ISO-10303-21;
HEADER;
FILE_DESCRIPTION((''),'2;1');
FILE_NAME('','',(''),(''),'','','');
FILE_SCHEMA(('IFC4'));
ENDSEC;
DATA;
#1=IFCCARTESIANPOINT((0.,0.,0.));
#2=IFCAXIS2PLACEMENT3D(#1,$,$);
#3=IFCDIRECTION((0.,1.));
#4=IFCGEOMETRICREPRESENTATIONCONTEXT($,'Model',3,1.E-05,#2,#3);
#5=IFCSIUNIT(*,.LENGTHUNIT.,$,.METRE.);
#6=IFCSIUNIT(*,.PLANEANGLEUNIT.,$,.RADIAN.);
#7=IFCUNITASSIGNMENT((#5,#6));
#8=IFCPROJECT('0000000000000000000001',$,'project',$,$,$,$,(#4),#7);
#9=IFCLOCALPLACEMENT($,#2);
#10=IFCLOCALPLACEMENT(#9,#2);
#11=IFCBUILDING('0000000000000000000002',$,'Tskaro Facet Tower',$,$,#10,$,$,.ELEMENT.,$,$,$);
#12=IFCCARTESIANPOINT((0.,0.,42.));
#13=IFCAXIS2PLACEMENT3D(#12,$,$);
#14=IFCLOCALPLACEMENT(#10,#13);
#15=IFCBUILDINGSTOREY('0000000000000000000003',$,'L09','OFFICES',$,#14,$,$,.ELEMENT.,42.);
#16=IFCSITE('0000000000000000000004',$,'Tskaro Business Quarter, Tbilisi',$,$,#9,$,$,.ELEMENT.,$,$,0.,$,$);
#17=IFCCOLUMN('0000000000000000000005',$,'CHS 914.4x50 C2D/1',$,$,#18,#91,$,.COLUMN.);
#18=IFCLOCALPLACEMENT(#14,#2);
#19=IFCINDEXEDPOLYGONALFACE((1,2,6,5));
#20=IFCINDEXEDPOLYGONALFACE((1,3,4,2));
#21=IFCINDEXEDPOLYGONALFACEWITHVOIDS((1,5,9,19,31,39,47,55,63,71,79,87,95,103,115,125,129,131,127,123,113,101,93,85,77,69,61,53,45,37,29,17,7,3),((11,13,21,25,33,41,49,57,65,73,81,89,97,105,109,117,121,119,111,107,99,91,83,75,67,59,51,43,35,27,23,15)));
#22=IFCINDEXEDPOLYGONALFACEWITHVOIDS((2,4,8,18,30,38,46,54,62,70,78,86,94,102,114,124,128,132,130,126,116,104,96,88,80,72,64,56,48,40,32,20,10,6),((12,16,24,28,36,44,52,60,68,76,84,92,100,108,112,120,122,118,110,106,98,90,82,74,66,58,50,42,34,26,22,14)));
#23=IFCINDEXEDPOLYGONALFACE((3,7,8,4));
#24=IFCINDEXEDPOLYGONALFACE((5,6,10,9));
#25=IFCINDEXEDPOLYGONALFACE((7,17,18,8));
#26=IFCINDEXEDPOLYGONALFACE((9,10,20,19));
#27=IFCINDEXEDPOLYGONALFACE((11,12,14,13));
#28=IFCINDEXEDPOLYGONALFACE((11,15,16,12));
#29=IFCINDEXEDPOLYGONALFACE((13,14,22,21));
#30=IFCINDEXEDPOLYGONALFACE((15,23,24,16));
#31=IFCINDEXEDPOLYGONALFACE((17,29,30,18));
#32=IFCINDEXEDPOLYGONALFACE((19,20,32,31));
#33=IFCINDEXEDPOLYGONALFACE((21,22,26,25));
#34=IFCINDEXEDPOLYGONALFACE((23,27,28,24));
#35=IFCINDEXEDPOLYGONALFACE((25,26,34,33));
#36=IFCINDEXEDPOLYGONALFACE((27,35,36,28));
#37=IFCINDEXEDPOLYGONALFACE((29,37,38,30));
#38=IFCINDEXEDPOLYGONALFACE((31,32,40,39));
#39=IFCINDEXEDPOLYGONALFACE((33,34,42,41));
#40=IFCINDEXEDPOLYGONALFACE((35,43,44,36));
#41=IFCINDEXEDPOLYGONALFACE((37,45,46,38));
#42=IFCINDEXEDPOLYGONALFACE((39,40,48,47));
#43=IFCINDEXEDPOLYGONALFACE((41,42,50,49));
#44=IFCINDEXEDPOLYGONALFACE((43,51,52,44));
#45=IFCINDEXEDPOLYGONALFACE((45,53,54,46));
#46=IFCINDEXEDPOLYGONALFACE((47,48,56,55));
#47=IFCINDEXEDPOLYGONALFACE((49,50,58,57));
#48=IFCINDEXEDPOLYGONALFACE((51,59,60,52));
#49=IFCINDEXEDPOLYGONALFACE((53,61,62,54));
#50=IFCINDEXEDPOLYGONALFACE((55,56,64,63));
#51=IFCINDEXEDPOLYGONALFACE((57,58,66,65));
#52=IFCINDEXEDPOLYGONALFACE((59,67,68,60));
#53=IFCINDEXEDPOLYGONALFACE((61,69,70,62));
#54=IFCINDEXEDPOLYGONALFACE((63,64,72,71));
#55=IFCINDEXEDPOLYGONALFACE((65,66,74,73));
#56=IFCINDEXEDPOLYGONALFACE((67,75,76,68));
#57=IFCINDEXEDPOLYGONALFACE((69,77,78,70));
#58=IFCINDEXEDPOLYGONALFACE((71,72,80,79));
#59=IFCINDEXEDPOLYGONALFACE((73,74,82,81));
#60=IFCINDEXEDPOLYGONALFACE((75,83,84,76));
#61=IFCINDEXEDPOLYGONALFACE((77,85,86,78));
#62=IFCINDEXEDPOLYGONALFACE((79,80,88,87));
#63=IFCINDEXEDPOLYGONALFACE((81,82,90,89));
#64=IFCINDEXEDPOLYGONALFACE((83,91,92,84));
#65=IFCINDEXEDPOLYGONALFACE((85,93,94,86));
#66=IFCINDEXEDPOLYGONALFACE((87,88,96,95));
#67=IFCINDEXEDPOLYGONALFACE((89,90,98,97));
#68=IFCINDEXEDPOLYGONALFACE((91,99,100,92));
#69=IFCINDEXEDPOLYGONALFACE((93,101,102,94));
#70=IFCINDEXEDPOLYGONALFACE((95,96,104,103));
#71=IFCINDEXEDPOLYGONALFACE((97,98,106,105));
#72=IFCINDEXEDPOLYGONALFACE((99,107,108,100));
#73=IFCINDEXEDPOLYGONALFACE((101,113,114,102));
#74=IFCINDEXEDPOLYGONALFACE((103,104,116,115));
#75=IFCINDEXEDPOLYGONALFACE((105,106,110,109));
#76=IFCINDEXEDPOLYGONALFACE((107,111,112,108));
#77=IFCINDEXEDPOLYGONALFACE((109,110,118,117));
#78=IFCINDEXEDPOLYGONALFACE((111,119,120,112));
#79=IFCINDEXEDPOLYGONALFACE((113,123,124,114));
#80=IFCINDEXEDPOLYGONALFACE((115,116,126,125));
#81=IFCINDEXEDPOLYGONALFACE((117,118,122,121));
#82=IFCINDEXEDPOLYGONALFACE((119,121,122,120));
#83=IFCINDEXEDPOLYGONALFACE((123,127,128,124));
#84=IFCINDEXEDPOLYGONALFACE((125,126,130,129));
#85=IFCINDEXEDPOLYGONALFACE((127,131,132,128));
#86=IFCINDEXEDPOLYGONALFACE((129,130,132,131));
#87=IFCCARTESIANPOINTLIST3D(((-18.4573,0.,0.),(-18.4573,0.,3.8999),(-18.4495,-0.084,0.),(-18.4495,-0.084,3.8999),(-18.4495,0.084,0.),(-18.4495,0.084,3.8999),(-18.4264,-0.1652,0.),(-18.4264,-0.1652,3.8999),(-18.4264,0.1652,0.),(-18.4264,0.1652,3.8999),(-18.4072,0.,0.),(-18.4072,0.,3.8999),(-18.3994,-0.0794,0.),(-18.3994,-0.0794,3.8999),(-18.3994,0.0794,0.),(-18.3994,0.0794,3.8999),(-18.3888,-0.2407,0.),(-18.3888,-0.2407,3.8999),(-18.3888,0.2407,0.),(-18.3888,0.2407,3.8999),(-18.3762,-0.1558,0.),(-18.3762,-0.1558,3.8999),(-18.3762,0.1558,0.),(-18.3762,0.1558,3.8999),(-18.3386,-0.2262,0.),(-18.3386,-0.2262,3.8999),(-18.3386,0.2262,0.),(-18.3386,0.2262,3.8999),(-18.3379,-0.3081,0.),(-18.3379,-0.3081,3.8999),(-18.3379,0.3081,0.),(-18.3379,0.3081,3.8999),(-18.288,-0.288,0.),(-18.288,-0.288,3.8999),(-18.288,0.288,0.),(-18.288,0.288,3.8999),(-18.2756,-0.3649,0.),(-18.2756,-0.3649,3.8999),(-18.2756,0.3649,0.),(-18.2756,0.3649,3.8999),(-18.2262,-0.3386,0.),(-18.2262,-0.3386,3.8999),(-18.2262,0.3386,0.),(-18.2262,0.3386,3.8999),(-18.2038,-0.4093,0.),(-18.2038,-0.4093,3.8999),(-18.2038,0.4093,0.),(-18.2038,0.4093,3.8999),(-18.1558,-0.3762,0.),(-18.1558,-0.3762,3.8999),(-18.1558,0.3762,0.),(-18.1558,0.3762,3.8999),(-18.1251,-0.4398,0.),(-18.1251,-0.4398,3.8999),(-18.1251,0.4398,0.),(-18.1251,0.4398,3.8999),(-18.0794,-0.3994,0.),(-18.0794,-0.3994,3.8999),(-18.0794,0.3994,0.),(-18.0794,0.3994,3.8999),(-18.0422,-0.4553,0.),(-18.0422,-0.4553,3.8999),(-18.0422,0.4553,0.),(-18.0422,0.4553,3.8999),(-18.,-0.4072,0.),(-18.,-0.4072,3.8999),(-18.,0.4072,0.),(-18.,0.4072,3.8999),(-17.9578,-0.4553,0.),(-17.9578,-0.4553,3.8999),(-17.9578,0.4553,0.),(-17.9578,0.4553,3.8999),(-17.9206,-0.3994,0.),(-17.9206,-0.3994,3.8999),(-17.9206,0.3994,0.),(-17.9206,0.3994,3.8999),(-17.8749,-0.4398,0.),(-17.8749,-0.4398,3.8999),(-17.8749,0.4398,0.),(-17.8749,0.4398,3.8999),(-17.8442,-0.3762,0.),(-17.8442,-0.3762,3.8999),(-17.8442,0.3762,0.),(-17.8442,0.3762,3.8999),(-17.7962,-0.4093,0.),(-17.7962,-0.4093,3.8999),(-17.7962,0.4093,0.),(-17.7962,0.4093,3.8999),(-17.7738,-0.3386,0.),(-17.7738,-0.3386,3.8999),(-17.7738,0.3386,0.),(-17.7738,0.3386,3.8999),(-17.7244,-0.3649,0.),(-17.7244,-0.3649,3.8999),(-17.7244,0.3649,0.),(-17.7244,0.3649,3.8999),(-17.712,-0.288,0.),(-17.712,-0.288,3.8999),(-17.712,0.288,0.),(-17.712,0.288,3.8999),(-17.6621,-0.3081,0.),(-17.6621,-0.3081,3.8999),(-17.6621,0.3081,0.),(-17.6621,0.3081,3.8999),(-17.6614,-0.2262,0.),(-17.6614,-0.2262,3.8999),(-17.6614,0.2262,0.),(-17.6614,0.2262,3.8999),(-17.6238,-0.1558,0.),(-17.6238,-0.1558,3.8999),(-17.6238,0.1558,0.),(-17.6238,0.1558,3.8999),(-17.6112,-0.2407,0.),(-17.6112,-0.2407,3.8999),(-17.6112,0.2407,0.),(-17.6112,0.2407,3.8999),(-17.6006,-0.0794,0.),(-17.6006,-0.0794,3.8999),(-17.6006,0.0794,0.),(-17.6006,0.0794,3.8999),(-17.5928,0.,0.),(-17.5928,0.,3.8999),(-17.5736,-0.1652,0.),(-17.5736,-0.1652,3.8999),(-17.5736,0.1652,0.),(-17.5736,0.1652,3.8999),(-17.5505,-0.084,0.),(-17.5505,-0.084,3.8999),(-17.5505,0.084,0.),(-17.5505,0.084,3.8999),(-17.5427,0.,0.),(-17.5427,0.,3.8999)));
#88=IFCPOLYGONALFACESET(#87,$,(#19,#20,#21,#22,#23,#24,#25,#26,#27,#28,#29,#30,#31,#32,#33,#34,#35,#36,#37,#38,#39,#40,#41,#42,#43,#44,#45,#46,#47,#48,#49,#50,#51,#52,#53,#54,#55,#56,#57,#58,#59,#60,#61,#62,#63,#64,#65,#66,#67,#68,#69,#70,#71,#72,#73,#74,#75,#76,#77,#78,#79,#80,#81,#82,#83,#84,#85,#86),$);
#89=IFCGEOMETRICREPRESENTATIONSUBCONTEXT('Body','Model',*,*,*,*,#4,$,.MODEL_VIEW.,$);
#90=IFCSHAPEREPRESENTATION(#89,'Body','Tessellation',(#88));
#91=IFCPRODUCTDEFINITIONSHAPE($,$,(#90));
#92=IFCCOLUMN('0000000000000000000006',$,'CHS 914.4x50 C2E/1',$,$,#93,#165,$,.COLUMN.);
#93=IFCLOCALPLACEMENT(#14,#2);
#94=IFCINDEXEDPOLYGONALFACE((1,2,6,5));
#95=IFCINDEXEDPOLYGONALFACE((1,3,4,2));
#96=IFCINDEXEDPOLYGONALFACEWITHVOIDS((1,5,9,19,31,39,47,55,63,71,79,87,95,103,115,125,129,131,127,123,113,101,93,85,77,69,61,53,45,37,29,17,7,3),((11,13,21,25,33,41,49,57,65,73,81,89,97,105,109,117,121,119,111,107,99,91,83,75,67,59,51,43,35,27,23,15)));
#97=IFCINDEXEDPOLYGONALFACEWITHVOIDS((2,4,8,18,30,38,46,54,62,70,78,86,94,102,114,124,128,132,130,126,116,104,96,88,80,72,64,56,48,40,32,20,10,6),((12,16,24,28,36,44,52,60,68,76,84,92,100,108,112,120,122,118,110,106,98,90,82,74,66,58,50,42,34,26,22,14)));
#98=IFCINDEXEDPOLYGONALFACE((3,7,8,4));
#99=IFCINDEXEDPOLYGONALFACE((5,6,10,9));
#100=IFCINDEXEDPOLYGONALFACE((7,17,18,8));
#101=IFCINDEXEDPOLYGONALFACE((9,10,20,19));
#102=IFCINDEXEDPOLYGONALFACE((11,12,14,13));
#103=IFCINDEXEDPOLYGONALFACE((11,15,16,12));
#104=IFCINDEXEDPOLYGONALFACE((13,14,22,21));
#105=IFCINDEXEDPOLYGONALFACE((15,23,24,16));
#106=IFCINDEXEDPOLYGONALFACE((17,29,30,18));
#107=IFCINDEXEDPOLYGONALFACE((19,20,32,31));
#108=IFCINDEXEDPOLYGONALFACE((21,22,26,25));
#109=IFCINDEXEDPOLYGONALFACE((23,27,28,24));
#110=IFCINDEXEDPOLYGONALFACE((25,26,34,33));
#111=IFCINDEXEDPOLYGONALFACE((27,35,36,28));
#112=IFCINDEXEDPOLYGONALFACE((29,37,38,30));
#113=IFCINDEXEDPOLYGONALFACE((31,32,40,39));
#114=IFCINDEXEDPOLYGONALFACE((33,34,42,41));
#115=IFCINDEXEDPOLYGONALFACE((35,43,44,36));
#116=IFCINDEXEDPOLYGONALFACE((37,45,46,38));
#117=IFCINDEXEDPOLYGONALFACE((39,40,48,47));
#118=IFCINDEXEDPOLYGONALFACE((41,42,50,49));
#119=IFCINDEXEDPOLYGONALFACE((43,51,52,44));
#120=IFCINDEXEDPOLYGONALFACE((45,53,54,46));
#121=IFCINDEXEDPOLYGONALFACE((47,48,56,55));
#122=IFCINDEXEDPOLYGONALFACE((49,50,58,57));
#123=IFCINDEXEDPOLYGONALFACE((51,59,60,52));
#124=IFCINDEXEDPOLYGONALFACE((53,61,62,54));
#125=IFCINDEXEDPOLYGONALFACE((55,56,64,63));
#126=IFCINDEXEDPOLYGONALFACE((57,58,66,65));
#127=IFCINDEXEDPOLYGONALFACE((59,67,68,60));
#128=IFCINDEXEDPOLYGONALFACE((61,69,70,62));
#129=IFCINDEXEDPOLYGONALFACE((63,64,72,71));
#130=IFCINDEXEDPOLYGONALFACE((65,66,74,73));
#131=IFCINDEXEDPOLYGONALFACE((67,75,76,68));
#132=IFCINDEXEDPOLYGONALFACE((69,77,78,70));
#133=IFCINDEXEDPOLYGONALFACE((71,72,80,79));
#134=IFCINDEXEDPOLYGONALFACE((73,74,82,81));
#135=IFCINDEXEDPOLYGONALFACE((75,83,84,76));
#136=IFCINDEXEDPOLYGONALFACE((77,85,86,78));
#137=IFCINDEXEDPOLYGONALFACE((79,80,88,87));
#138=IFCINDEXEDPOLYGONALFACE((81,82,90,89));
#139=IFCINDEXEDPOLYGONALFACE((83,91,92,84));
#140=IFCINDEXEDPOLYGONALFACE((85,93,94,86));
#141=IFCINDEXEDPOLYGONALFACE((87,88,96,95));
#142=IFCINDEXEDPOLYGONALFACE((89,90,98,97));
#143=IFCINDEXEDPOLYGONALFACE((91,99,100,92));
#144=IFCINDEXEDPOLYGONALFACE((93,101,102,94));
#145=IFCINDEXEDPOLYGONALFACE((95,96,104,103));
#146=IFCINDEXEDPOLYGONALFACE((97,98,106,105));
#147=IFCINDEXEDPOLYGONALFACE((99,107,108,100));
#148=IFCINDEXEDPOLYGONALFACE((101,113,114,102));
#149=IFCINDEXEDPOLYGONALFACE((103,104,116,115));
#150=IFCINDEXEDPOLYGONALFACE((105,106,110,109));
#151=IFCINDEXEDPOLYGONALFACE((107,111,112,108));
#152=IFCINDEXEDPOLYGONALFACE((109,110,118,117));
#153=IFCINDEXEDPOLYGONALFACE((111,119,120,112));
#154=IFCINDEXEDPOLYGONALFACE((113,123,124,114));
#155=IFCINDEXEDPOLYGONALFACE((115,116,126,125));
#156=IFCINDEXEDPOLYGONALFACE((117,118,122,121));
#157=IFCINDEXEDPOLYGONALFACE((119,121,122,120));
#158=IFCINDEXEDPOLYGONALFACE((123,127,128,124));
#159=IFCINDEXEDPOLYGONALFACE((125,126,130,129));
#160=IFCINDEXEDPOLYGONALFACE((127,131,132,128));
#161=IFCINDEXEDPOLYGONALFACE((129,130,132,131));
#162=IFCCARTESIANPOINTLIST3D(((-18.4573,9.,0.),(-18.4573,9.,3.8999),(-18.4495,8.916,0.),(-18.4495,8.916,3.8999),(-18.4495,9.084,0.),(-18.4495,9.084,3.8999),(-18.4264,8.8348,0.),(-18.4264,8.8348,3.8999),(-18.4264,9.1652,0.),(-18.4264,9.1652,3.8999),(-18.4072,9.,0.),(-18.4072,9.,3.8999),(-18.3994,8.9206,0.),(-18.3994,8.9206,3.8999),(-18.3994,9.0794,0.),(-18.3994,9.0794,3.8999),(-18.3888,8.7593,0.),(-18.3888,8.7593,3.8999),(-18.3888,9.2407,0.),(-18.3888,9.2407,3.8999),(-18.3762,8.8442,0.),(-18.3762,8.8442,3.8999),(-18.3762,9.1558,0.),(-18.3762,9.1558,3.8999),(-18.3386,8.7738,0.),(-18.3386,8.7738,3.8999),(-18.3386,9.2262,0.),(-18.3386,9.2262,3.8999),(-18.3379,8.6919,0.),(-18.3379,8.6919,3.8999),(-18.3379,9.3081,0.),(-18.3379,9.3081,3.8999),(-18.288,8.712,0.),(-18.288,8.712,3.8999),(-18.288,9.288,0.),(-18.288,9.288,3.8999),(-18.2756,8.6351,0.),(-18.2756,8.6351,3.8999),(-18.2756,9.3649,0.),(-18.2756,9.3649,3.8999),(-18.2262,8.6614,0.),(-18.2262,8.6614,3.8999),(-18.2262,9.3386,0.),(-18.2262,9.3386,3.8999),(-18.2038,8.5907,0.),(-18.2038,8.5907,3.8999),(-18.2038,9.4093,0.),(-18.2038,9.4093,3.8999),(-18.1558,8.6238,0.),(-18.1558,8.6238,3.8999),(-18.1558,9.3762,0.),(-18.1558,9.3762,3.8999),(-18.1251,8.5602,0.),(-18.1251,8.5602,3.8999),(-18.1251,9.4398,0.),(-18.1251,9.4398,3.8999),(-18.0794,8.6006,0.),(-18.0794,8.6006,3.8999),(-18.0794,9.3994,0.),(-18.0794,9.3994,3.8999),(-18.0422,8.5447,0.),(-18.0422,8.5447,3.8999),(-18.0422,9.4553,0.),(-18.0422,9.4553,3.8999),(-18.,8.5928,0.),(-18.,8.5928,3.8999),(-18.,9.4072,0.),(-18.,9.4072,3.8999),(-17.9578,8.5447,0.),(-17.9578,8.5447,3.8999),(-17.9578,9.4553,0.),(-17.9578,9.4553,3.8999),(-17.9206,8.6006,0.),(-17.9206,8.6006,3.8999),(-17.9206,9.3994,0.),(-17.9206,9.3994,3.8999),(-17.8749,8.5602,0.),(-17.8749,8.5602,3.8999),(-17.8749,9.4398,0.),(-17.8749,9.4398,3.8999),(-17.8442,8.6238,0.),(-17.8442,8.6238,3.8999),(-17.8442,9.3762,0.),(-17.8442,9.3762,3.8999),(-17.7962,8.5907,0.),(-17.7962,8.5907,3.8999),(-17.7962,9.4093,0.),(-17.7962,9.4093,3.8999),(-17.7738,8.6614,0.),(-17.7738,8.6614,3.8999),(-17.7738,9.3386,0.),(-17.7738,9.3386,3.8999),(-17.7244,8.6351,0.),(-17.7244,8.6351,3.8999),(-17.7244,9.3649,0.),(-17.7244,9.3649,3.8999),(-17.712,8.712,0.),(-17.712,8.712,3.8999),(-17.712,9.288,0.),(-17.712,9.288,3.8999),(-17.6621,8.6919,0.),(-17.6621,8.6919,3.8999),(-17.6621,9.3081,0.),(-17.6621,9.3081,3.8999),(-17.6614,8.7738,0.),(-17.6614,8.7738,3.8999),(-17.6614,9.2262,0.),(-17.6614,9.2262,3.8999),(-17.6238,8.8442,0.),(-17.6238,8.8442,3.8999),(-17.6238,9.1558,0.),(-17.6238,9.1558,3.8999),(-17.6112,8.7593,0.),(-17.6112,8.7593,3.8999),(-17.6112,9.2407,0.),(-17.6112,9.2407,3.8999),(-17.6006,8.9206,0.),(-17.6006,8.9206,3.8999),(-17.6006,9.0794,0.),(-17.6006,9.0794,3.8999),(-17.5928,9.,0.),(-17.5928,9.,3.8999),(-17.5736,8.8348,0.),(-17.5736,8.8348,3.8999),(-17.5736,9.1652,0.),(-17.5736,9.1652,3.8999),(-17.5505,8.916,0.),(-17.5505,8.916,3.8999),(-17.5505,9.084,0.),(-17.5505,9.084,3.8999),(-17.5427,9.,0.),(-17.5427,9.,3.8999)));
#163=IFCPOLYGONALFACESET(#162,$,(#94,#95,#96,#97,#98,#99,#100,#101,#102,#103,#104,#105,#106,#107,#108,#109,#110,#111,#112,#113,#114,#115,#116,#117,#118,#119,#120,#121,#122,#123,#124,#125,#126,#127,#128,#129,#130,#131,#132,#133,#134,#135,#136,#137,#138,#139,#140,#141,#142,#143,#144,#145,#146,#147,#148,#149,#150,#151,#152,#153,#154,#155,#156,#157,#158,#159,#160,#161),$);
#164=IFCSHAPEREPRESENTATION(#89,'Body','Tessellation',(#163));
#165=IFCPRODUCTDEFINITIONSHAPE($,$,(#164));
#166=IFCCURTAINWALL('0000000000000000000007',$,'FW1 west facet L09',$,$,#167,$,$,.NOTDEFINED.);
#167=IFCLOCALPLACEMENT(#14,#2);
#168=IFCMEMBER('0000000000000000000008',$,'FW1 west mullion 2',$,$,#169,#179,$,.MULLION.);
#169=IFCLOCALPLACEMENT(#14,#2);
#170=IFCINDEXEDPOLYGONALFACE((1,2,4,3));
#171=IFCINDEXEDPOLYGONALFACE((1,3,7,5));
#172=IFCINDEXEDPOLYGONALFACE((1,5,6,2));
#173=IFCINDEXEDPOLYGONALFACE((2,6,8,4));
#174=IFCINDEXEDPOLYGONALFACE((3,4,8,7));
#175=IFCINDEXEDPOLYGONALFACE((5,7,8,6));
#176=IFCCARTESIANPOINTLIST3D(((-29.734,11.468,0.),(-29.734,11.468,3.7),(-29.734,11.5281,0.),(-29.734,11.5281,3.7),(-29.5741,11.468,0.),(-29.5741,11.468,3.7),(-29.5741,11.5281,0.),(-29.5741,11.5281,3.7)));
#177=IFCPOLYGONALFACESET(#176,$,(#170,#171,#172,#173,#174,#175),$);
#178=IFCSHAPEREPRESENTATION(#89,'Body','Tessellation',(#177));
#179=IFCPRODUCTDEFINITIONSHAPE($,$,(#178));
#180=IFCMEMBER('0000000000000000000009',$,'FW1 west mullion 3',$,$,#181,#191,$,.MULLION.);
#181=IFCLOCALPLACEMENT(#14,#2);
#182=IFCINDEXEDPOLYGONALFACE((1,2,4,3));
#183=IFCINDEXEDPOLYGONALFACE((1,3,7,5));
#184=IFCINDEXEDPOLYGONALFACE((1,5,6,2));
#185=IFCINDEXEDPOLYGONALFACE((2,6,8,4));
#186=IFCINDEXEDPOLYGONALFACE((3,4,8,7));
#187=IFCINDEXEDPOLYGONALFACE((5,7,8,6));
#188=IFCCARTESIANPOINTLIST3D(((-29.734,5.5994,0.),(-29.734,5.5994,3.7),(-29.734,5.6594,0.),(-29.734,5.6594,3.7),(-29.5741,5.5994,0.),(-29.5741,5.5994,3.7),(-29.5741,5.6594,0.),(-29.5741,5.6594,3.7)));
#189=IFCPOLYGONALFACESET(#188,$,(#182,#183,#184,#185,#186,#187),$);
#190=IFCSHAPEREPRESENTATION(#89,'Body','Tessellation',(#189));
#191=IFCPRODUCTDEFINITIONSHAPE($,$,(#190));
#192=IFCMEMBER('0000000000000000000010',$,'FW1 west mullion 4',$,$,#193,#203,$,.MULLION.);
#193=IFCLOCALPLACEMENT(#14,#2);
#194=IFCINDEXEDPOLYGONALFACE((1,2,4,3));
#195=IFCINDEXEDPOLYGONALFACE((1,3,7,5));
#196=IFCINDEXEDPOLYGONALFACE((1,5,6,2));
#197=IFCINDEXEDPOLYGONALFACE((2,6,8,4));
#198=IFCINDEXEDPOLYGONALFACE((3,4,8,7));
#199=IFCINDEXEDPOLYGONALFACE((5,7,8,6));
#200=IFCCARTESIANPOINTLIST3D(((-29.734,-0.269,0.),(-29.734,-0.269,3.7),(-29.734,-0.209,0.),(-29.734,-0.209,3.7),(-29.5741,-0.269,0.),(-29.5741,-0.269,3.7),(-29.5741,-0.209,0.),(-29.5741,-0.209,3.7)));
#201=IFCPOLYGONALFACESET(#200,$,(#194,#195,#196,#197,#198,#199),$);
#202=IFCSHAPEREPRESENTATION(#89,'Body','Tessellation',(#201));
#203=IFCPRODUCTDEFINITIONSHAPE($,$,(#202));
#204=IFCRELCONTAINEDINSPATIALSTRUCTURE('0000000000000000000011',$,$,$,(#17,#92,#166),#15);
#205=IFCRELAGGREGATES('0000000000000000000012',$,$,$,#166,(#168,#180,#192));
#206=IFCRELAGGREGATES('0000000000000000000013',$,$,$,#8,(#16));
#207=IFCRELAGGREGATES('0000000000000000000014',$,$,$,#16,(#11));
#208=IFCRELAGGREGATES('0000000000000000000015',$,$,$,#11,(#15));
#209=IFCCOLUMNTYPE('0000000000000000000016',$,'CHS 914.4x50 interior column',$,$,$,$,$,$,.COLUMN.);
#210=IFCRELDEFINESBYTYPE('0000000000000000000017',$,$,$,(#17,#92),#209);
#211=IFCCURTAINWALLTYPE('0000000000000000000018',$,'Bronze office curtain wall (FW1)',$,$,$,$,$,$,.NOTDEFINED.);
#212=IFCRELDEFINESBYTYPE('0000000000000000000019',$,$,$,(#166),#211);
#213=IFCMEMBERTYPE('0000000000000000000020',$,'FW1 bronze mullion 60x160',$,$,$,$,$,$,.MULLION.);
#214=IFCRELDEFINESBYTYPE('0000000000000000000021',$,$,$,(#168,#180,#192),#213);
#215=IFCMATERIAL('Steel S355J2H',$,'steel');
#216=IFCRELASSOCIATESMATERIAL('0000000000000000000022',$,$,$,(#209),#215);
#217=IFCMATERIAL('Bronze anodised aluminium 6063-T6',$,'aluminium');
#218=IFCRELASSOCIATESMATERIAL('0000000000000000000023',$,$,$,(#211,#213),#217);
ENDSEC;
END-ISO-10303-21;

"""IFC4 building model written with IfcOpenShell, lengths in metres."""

from ifc_helpers import new_model, si_unit, direction, frame, origin, origin_2d, place, context, subcontext, project, spatial, rectangle, hollow_circle, extrude, material, material_profile, profile_set, type_object, element, aggregate, save


model = new_model("IFC4")

# Units and contexts
model_context = context("Model", 3, precision=1e-05, world=origin(), true_north=direction((0.0, 1.0)))
body_context = subcontext(model_context, "Body", "Model", "MODEL_VIEW")
ifc_project = project(units=[si_unit("LENGTHUNIT", "METRE"), si_unit("PLANEANGLEUNIT", "RADIAN")], contexts=[model_context])

# Site, building, storey
site_placement = place(None, origin())
site = spatial("IfcSite", under=ifc_project, at=site_placement, Name="Tskaro Business Quarter, Tbilisi", CompositionType="ELEMENT", RefElevation=0.0)
building_placement = place(site_placement, origin())
building = spatial("IfcBuilding", under=site, at=building_placement, Name="Tskaro Facet Tower", CompositionType="ELEMENT")
storey_placement = place(building_placement, frame((0.0, 0.0, 42.0)))
storey = spatial("IfcBuildingStorey", under=building, at=storey_placement, Name="L09", Description="OFFICES", CompositionType="ELEMENT", Elevation=42.0)

# Columns
ifc_material_1 = material(Name="Steel S355J2H", Category="steel")
ifc_material_profile_1 = material_profile(ifc_material_1, hollow_circle(Radius=0.4573, WallThickness=0.05, at=origin_2d()), Name="CHS 914.4x50")
ifc_profile_set_1 = profile_set([ifc_material_profile_1], Name="Steel S355J2H")
column_type_1 = type_object("IfcColumnType", Name="CHS 914.4x50 interior column", PredefinedType="COLUMN", material=ifc_profile_set_1)
for number, where, z_axis, x_axis, name in (
    (1, (-18.0, 0.0, 0.0), (0.0, 0.0, 1.0), (1.0, 0.0, 0.0), "CHS 914.4x50 C2D/1"),
    (2, (-18.0, 9.0, 0.0), (0.0, 0.0, 1.0), (1.0, 0.0, 0.0), "CHS 914.4x50 C2E/1"),
):
    element("IfcColumn", number, at=place(storey_placement, frame(where, z_axis=z_axis, x_axis=x_axis)), inside=storey, type_object=column_type_1, Name=name, PredefinedType="COLUMN", context=body_context, shape_type="SweptSolid", body=[
        extrude(hollow_circle(Radius=0.4573, WallThickness=0.05, at=origin_2d()), origin(), (0.0, 0.0, 1.0), 3.8999),
    ])

# Curtain wall, members
ifc_material_2 = material(Name="Bronze anodised aluminium 6063-T6", Category="aluminium")
curtain_wall_type = type_object("IfcCurtainWallType", Name="Bronze office curtain wall (FW1)", PredefinedType="NOTDEFINED", material=ifc_material_2)
curtain_wall_placement = place(storey_placement, origin())
curtain_wall = element("IfcCurtainWall", 3, at=curtain_wall_placement, inside=storey, type_object=curtain_wall_type, Name="FW1 west facet L09", PredefinedType="NOTDEFINED")
ifc_material_profile_2 = material_profile(ifc_material_2, rectangle(XDim=0.0601, YDim=0.1599, at=origin_2d()), Name="Mullion 60x160")
ifc_profile_set_2 = profile_set([ifc_material_profile_2], Name="Bronze anodised aluminium 6063-T6")
member_type_1 = type_object("IfcMemberType", Name="FW1 bronze mullion 60x160", PredefinedType="MULLION", material=ifc_profile_set_2)
member_1_placement = place(storey_placement, frame((-29.6541, 11.498, 0.0), z_axis=(0.0, 0.0, 1.0), x_axis=(0.0, -1.0, 0.0)))
member_1 = element("IfcMember", 4, at=member_1_placement, type_object=member_type_1, Name="FW1 west mullion 2", PredefinedType="MULLION", context=body_context, shape_type="SweptSolid", body=[
    extrude(rectangle(XDim=0.0601, YDim=0.1599, at=origin_2d()), origin(), (0.0, 0.0, 1.0), 3.7),
])
member_2_placement = place(storey_placement, frame((-29.6541, 5.6294, 0.0), z_axis=(0.0, 0.0, 1.0), x_axis=(0.0, -1.0, 0.0)))
member_2 = element("IfcMember", 5, at=member_2_placement, type_object=member_type_1, Name="FW1 west mullion 3", PredefinedType="MULLION", context=body_context, shape_type="SweptSolid", body=[
    extrude(rectangle(XDim=0.0601, YDim=0.1599, at=origin_2d()), origin(), (0.0, 0.0, 1.0), 3.7),
])
member_3_placement = place(storey_placement, frame((-29.6541, -0.239, 0.0), z_axis=(0.0, 0.0, 1.0), x_axis=(0.0, -1.0, 0.0)))
member_3 = element("IfcMember", 6, at=member_3_placement, type_object=member_type_1, Name="FW1 west mullion 4", PredefinedType="MULLION", context=body_context, shape_type="SweptSolid", body=[
    extrude(rectangle(XDim=0.0601, YDim=0.1599, at=origin_2d()), origin(), (0.0, 0.0, 1.0), 3.7),
])

aggregate(curtain_wall, [member_1, member_2, member_3])

save(model, "model.ifc")
